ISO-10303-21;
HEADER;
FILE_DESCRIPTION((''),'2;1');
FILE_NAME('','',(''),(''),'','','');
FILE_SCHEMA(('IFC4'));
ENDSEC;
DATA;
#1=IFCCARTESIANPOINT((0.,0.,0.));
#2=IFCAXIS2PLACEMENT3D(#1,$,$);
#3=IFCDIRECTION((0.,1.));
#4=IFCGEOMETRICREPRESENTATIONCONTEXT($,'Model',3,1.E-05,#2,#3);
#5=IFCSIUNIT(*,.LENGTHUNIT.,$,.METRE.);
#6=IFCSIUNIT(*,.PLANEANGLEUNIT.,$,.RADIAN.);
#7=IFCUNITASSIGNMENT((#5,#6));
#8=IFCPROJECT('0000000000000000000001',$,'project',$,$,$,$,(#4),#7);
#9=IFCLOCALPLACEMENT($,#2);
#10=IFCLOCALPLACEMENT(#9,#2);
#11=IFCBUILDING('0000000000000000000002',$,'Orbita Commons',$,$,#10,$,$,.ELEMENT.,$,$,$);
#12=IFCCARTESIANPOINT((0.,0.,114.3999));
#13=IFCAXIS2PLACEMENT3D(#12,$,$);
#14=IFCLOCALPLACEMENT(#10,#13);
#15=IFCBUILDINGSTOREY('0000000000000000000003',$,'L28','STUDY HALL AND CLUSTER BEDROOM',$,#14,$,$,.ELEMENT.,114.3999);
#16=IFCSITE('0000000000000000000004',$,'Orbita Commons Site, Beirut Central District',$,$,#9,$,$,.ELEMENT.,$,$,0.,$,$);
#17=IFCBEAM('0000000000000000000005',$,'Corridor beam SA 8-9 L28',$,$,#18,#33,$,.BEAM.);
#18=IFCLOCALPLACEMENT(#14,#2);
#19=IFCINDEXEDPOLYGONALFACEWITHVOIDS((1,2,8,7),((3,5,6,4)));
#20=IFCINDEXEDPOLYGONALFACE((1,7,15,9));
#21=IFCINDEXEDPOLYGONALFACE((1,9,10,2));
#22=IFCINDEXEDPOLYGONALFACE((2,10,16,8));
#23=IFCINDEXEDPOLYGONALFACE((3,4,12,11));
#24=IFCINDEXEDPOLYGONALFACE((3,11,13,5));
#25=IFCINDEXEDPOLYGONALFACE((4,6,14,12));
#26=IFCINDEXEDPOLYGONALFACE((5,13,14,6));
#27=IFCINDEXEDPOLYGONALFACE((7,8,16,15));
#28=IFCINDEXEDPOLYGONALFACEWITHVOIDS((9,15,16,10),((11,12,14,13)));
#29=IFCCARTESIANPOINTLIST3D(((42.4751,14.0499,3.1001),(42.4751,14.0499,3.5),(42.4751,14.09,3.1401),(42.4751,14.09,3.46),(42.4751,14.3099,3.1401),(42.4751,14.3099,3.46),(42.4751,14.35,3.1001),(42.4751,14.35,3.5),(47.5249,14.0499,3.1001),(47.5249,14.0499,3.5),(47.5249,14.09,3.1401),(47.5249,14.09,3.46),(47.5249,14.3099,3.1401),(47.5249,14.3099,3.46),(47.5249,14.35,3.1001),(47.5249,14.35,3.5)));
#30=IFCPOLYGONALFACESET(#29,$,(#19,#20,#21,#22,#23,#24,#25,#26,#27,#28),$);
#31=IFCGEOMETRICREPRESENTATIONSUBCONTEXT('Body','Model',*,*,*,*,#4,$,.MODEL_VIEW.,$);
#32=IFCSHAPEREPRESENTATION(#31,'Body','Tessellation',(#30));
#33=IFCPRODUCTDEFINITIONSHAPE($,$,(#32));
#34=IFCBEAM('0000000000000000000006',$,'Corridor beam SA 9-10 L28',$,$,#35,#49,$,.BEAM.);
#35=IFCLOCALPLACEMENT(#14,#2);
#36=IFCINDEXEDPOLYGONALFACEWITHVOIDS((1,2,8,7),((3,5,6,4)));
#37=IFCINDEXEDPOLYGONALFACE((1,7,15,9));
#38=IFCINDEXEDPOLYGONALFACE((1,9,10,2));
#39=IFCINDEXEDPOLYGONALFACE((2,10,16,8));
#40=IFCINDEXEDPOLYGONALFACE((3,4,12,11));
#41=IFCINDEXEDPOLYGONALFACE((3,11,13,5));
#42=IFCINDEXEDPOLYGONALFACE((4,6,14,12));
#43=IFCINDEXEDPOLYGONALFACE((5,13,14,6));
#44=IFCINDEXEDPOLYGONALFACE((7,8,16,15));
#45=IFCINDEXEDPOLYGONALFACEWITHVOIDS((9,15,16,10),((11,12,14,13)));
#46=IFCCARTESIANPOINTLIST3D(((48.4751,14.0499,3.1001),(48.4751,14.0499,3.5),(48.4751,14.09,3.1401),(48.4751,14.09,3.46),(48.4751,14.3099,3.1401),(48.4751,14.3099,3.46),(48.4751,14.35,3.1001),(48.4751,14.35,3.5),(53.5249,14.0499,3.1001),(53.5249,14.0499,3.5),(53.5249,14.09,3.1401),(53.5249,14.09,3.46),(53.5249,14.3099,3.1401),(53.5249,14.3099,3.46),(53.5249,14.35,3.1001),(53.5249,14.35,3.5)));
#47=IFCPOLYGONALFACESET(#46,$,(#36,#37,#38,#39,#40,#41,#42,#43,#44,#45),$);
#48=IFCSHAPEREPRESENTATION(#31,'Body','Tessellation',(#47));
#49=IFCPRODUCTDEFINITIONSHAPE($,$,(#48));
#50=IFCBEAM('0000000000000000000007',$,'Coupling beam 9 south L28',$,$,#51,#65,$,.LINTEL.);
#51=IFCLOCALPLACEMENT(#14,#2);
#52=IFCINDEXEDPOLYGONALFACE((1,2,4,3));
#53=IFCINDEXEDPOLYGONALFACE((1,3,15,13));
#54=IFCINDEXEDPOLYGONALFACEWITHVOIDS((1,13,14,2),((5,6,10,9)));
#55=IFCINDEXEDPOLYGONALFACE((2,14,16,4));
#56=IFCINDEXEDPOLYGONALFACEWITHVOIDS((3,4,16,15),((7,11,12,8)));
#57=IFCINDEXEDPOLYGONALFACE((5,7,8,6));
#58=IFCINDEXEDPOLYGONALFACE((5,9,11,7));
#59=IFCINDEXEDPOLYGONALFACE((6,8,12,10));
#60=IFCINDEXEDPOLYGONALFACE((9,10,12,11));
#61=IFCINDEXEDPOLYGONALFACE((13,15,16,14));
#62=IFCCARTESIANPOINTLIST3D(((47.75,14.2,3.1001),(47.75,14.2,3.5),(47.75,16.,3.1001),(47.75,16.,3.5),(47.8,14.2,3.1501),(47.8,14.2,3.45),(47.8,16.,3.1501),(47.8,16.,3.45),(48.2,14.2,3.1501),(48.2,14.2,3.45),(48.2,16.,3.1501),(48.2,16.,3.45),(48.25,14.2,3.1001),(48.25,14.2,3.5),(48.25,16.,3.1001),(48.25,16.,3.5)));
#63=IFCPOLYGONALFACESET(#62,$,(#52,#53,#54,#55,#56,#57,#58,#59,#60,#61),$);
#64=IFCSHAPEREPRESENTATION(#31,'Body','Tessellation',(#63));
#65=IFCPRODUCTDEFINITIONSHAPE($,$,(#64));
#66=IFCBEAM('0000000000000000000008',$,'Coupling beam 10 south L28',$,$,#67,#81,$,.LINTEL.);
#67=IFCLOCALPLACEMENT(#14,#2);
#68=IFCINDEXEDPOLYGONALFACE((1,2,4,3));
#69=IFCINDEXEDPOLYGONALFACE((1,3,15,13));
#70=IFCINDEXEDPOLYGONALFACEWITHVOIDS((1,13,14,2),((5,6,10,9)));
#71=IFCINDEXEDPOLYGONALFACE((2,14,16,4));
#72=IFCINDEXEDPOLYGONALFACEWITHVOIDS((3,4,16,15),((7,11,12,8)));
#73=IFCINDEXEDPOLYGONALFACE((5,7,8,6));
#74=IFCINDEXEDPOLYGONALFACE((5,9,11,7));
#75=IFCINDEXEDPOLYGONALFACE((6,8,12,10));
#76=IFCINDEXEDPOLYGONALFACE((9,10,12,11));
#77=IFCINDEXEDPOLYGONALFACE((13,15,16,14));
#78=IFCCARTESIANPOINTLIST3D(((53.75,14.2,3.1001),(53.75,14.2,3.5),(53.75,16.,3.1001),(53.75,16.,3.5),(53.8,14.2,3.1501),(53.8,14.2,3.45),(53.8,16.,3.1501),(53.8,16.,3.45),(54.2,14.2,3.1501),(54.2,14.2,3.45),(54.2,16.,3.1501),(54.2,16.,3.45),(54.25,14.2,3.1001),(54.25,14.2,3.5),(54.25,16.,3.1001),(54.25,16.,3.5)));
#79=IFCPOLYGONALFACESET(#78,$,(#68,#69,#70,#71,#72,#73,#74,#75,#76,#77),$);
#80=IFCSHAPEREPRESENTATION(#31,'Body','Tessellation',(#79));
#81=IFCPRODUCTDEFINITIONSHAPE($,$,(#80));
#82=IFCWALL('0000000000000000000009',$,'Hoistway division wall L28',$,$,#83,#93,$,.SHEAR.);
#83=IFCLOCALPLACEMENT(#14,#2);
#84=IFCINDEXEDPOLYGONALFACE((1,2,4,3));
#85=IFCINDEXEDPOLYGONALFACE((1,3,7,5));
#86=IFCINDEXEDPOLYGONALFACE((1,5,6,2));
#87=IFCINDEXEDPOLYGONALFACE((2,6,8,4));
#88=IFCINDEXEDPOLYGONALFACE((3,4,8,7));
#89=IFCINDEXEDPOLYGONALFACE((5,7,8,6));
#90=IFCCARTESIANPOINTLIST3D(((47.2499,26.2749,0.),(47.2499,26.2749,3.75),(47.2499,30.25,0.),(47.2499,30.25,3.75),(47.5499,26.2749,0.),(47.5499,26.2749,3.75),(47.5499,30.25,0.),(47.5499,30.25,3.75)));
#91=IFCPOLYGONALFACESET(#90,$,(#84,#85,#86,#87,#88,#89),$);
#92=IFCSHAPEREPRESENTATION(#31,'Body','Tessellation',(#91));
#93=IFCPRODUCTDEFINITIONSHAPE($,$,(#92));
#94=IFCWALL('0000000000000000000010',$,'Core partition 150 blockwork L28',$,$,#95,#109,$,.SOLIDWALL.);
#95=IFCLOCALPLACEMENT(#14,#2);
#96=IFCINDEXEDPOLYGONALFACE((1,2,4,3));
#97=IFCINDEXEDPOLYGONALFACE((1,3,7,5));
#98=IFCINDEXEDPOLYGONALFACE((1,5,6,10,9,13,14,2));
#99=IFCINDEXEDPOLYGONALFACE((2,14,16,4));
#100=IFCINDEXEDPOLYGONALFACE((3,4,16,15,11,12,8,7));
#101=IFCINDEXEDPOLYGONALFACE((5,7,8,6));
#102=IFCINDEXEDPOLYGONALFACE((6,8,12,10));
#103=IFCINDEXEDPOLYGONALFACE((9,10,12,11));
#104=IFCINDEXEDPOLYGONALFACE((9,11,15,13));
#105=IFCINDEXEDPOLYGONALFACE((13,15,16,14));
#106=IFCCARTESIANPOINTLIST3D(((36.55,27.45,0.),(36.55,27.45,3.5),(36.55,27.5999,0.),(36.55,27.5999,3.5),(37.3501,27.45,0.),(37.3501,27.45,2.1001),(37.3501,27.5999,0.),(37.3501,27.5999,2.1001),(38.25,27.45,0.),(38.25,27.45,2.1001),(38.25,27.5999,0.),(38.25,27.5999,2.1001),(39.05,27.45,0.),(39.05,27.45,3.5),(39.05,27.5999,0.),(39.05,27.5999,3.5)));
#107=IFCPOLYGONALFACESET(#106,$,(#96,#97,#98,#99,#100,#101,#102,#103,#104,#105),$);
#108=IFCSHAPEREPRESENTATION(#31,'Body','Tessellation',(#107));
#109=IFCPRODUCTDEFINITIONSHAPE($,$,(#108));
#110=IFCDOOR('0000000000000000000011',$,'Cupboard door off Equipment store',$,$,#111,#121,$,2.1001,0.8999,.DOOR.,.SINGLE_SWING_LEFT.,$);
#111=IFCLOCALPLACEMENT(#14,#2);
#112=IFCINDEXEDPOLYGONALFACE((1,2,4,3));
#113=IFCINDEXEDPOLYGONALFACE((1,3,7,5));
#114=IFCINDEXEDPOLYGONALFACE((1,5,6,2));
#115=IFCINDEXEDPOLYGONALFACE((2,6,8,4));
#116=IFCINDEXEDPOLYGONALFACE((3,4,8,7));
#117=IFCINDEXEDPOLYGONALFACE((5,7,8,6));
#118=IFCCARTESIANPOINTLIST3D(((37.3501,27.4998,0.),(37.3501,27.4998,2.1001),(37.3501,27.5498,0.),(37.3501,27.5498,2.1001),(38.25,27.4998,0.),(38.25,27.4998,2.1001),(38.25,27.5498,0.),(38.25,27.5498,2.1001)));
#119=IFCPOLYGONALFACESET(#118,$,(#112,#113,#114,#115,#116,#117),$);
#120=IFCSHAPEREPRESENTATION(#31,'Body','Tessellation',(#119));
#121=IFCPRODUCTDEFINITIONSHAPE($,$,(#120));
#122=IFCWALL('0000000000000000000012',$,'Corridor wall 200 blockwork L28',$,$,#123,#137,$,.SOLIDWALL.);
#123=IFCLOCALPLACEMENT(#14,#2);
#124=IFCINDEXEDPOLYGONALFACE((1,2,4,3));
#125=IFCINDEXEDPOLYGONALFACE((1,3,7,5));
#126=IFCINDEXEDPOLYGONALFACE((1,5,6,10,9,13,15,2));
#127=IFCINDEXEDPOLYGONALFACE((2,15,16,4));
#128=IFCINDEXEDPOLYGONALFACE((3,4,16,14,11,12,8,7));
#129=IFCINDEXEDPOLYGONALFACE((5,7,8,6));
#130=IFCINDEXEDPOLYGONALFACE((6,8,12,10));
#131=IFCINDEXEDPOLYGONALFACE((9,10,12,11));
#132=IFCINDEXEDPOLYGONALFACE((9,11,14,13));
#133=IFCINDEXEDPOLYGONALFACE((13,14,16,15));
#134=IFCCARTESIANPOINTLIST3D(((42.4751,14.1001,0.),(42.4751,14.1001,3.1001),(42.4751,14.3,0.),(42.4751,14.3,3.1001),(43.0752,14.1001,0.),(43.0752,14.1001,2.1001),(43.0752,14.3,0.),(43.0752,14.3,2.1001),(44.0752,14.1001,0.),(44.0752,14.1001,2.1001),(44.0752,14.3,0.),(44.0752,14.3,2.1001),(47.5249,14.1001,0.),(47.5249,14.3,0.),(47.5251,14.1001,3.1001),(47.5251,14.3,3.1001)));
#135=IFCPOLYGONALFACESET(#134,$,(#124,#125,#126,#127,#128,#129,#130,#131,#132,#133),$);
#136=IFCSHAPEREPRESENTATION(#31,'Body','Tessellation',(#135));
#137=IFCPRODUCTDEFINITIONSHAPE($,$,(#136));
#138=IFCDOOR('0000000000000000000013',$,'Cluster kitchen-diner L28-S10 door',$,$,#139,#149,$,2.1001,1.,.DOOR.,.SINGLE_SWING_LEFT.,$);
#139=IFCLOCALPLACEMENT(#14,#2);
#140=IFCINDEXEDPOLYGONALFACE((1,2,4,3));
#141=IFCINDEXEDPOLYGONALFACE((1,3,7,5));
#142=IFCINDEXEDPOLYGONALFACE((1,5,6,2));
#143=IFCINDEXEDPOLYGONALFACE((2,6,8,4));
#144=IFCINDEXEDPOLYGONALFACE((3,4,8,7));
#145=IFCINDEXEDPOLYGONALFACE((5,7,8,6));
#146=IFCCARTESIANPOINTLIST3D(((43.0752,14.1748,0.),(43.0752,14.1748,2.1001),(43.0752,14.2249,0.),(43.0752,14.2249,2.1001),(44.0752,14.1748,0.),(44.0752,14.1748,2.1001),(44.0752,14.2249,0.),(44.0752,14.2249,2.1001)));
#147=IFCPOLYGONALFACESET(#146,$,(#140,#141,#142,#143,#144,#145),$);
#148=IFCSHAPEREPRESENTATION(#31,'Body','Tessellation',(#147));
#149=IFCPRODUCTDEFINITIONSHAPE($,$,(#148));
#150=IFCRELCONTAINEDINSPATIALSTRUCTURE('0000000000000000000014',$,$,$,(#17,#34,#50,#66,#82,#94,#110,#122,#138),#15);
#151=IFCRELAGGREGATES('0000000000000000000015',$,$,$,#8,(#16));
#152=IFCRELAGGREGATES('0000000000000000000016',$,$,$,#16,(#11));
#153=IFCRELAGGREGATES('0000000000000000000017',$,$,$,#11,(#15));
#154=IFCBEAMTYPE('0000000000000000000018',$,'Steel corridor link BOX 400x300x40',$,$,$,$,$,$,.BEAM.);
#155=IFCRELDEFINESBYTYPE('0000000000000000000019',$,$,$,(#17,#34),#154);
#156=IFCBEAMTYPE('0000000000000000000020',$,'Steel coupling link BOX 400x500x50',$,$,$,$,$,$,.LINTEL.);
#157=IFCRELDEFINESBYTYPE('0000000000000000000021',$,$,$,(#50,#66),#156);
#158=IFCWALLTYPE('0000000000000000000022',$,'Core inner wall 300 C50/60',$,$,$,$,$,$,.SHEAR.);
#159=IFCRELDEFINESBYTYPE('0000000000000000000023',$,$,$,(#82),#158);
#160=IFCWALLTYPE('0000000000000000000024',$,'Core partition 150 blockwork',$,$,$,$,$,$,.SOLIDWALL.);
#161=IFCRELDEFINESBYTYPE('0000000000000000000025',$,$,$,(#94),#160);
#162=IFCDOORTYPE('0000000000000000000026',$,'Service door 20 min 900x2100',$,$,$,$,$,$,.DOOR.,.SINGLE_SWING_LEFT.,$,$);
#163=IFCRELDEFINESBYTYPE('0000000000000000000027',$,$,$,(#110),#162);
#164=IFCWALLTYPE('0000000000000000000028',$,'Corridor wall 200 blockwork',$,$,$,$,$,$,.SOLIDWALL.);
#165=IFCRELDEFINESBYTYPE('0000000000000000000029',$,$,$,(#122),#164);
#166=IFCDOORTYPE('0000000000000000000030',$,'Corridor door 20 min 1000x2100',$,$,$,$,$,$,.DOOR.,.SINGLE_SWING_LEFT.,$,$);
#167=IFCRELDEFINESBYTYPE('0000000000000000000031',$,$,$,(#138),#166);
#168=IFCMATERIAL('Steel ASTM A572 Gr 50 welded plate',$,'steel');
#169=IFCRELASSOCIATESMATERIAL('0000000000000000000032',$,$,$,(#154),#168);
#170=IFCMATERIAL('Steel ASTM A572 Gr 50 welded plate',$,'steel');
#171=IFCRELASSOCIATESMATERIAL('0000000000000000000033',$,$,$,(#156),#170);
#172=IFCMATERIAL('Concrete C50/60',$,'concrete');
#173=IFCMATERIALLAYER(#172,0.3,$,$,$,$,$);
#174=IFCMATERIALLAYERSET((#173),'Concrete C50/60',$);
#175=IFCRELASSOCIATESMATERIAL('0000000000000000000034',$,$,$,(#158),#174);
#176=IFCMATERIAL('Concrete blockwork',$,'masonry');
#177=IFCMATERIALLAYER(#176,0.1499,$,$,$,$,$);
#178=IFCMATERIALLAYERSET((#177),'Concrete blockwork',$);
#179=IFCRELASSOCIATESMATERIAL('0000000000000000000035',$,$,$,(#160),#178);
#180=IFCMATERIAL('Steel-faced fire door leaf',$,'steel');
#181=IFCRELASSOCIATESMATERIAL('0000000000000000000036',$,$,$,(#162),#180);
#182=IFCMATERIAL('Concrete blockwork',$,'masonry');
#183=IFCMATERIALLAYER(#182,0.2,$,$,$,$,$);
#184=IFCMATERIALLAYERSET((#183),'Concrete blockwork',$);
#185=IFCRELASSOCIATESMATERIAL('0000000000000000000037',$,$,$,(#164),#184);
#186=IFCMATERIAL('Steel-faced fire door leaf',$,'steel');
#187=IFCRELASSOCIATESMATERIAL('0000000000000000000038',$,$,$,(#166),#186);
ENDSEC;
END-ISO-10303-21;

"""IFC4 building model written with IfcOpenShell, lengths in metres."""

from ifc_helpers import new_model, si_unit, direction, frame, frame_2d, origin, origin_2d, place, context, subcontext, project, spatial, polyline, rectangle, hollow_rectangle, outline, extrude, material, layer, layer_set, material_profile, profile_set, type_object, element, fill, save


model = new_model("IFC4")

# Units and contexts
model_context = context("Model", 3, precision=1e-05, world=origin(), true_north=direction((0.0, 1.0)))
body_context = subcontext(model_context, "Body", "Model", "MODEL_VIEW")
ifc_project = project(units=[si_unit("LENGTHUNIT", "METRE"), si_unit("PLANEANGLEUNIT", "RADIAN")], contexts=[model_context])

# Site, building, storey
site_placement = place(None, origin())
site = spatial("IfcSite", under=ifc_project, at=site_placement, Name="Orbita Commons Site, Beirut Central District", CompositionType="ELEMENT", RefElevation=0.0)
building_placement = place(site_placement, origin())
building = spatial("IfcBuilding", under=site, at=building_placement, Name="Orbita Commons", CompositionType="ELEMENT")
storey_placement = place(building_placement, frame((0.0, 0.0, 114.3999)))
storey = spatial("IfcBuildingStorey", under=building, at=storey_placement, Name="L28", Description="STUDY HALL AND CLUSTER BEDROOM", CompositionType="ELEMENT", Elevation=114.3999)

# Beams
ifc_material_1 = material(Name="Steel ASTM A572 Gr 50 welded plate", Category="steel")
ifc_material_profile_1 = material_profile(ifc_material_1, hollow_rectangle(XDim=0.3, YDim=0.3999, WallThickness=0.04, at=origin_2d()), Name="BOX 400x300x40")
ifc_profile_set_1 = profile_set([ifc_material_profile_1], Name="Steel ASTM A572 Gr 50 welded plate")
beam_type_1 = type_object("IfcBeamType", Name="Steel corridor link BOX 400x300x40", PredefinedType="BEAM", material=ifc_profile_set_1)
for number, where, z_axis, x_axis, name in (
    (1, (42.4751, 14.2, 3.3), (1.0, 0.0, 0.0), (0.0, 1.0, 0.0), "Corridor beam SA 8-9 L28"),
    (2, (48.4751, 14.2, 3.3), (1.0, 0.0, 0.0), (0.0, 1.0, 0.0), "Corridor beam SA 9-10 L28"),
):
    element("IfcBeam", number, at=place(storey_placement, frame(where, z_axis=z_axis, x_axis=x_axis)), inside=storey, type_object=beam_type_1, Name=name, PredefinedType="BEAM", context=body_context, shape_type="SweptSolid", body=[
        extrude(hollow_rectangle(XDim=0.3, YDim=0.3999, WallThickness=0.04, at=origin_2d()), origin(), (0.0, 0.0, 1.0), 5.0498),
    ])
ifc_material_2 = material(Name="Steel ASTM A572 Gr 50 welded plate", Category="steel")
ifc_material_profile_2 = material_profile(ifc_material_2, hollow_rectangle(XDim=0.5, YDim=0.3999, WallThickness=0.05, at=origin_2d()), Name="BOX 400x500x50")
ifc_profile_set_2 = profile_set([ifc_material_profile_2], Name="Steel ASTM A572 Gr 50 welded plate")
beam_type_2 = type_object("IfcBeamType", Name="Steel coupling link BOX 400x500x50", PredefinedType="LINTEL", material=ifc_profile_set_2)
for number, where, z_axis, x_axis, name in (
    (3, (48.0, 14.2, 3.3), (0.0, 1.0, 0.0), (-1.0, 0.0, 0.0), "Coupling beam 9 south L28"),
    (4, (54.0, 14.2, 3.3), (0.0, 1.0, 0.0), (-1.0, 0.0, 0.0), "Coupling beam 10 south L28"),
):
    element("IfcBeam", number, at=place(storey_placement, frame(where, z_axis=z_axis, x_axis=x_axis)), inside=storey, type_object=beam_type_2, Name=name, PredefinedType="LINTEL", context=body_context, shape_type="SweptSolid", body=[
        extrude(hollow_rectangle(XDim=0.5, YDim=0.3999, WallThickness=0.05, at=origin_2d()), origin(), (0.0, 0.0, 1.0), 1.8),
    ])

# Wall
ifc_material_3 = material(Name="Concrete C50/60", Category="concrete")
ifc_layer_1 = layer(ifc_material_3, 0.3)
ifc_layer_set_1 = layer_set([ifc_layer_1], Name="Concrete C50/60")
wall_type_1 = type_object("IfcWallType", Name="Core inner wall 300 C50/60", PredefinedType="SHEAR", material=ifc_layer_set_1)
wall_1_placement = place(storey_placement, frame((47.3999, 26.2749, 0.0), z_axis=(0.0, 0.0, 1.0), x_axis=(0.0, 1.0, 0.0)))
element("IfcWall", 5, at=wall_1_placement, inside=storey, type_object=wall_type_1, Name="Hoistway division wall L28", PredefinedType="SHEAR", context=body_context, shape_type="SweptSolid", body=[
    extrude(rectangle(XDim=3.9751, YDim=0.3, at=frame_2d((1.9875, 0.0))), origin(), (0.0, 0.0, 1.0), 3.75),
])

# Walls, openings, doors
ifc_material_4 = material(Name="Concrete blockwork", Category="masonry")
ifc_layer_2 = layer(ifc_material_4, 0.1499)
ifc_layer_set_2 = layer_set([ifc_layer_2], Name="Concrete blockwork")
wall_type_2 = type_object("IfcWallType", Name="Core partition 150 blockwork", PredefinedType="SOLIDWALL", material=ifc_layer_set_2)
wall_2_placement = place(storey_placement, frame((36.55, 27.5249, 0.0), z_axis=(0.0, 0.0, 1.0), x_axis=(1.0, 0.0, 0.0)))
wall_2 = element("IfcWall", 6, at=wall_2_placement, inside=storey, type_object=wall_type_2, Name="Core partition 150 blockwork L28", PredefinedType="SOLIDWALL", context=body_context, shape_type="SweptSolid", body=[
    extrude(rectangle(XDim=2.5, YDim=0.1499, at=frame_2d((1.25, 0.0))), origin(), (0.0, 0.0, 1.0), 3.5),
])
opening_1_placement = place(wall_2_placement, frame((0.8, 0.0, 0.0)))
opening_1 = element("IfcOpeningElement", 7, at=opening_1_placement, cuts=wall_2, PredefinedType="OPENING", context=body_context, shape_type="SweptSolid", body=[
    extrude(rectangle(XDim=0.8999, YDim=2.1001, at=frame_2d((0.45, 1.05))), frame((0.0, 0.085, 0.0), z_axis=(0.0, -1.0, 0.0), x_axis=(1.0, 0.0, 0.0)), (0.0, 0.0, 1.0), 0.1699),
])
ifc_material_5 = material(Name="Steel-faced fire door leaf", Category="steel")
door_type_1 = type_object("IfcDoorType", Name="Service door 20 min 900x2100", OperationType="SINGLE_SWING_LEFT", PredefinedType="DOOR", material=ifc_material_5)
door_1_placement = place(opening_1_placement, origin())
door_1 = element("IfcDoor", 8, at=door_1_placement, inside=storey, type_object=door_type_1, Name="Cupboard door off Equipment store", OperationType="SINGLE_SWING_LEFT", OverallHeight=2.1001, OverallWidth=0.8999, PredefinedType="DOOR", context=body_context, shape_type="SweptSolid", body=[
    extrude(rectangle(XDim=0.8999, YDim=2.1001, at=frame_2d((0.45, 1.05))), frame((0.0, 0.0249, 0.0), z_axis=(0.0, -1.0, 0.0), x_axis=(1.0, 0.0, 0.0)), (0.0, 0.0, 1.0), 0.05),
])
fill(opening_1, door_1)
ifc_material_6 = material(Name="Concrete blockwork", Category="masonry")
ifc_layer_3 = layer(ifc_material_6, 0.2)
ifc_layer_set_3 = layer_set([ifc_layer_3], Name="Concrete blockwork")
wall_type_3 = type_object("IfcWallType", Name="Corridor wall 200 blockwork", PredefinedType="SOLIDWALL", material=ifc_layer_set_3)
wall_3_placement = place(storey_placement, frame((42.4751, 14.2, 0.0), z_axis=(0.0, 0.0, 1.0), x_axis=(1.0, 0.0, 0.0)))
wall_3 = element("IfcWall", 9, at=wall_3_placement, inside=storey, type_object=wall_type_3, Name="Corridor wall 200 blockwork L28", PredefinedType="SOLIDWALL", context=body_context, shape_type="SweptSolid", body=[
    extrude(outline(polyline([(0.0, 0.0), (5.0498, 0.0), (5.05, 3.1001), (0.0, 3.1001), (0.0, 0.0)])), frame((0.0, 0.1001, 0.0), z_axis=(0.0, -1.0, 0.0), x_axis=(1.0, 0.0, 0.0)), (0.0, 0.0, 1.0), 0.2),
])
opening_2_placement = place(wall_3_placement, frame((0.6001, 0.0, 0.0)))
opening_2 = element("IfcOpeningElement", 10, at=opening_2_placement, cuts=wall_3, PredefinedType="OPENING", context=body_context, shape_type="SweptSolid", body=[
    extrude(rectangle(XDim=1.0, YDim=2.1001, at=frame_2d((0.5, 1.05))), frame((0.0, 0.1099, 0.0), z_axis=(0.0, -1.0, 0.0), x_axis=(1.0, 0.0, 0.0)), (0.0, 0.0, 1.0), 0.22),
])
ifc_material_7 = material(Name="Steel-faced fire door leaf", Category="steel")
door_type_2 = type_object("IfcDoorType", Name="Corridor door 20 min 1000x2100", OperationType="SINGLE_SWING_LEFT", PredefinedType="DOOR", material=ifc_material_7)
door_2_placement = place(opening_2_placement, origin())
door_2 = element("IfcDoor", 11, at=door_2_placement, inside=storey, type_object=door_type_2, Name="Cluster kitchen-diner L28-S10 door", OperationType="SINGLE_SWING_LEFT", OverallHeight=2.1001, OverallWidth=1.0, PredefinedType="DOOR", context=body_context, shape_type="SweptSolid", body=[
    extrude(rectangle(XDim=1.0, YDim=2.1001, at=frame_2d((0.5, 1.05))), frame((0.0, 0.0249, 0.0), z_axis=(0.0, -1.0, 0.0), x_axis=(1.0, 0.0, 0.0)), (0.0, 0.0, 1.0), 0.05),
])
fill(opening_2, door_2)

save(model, "model.ifc")
